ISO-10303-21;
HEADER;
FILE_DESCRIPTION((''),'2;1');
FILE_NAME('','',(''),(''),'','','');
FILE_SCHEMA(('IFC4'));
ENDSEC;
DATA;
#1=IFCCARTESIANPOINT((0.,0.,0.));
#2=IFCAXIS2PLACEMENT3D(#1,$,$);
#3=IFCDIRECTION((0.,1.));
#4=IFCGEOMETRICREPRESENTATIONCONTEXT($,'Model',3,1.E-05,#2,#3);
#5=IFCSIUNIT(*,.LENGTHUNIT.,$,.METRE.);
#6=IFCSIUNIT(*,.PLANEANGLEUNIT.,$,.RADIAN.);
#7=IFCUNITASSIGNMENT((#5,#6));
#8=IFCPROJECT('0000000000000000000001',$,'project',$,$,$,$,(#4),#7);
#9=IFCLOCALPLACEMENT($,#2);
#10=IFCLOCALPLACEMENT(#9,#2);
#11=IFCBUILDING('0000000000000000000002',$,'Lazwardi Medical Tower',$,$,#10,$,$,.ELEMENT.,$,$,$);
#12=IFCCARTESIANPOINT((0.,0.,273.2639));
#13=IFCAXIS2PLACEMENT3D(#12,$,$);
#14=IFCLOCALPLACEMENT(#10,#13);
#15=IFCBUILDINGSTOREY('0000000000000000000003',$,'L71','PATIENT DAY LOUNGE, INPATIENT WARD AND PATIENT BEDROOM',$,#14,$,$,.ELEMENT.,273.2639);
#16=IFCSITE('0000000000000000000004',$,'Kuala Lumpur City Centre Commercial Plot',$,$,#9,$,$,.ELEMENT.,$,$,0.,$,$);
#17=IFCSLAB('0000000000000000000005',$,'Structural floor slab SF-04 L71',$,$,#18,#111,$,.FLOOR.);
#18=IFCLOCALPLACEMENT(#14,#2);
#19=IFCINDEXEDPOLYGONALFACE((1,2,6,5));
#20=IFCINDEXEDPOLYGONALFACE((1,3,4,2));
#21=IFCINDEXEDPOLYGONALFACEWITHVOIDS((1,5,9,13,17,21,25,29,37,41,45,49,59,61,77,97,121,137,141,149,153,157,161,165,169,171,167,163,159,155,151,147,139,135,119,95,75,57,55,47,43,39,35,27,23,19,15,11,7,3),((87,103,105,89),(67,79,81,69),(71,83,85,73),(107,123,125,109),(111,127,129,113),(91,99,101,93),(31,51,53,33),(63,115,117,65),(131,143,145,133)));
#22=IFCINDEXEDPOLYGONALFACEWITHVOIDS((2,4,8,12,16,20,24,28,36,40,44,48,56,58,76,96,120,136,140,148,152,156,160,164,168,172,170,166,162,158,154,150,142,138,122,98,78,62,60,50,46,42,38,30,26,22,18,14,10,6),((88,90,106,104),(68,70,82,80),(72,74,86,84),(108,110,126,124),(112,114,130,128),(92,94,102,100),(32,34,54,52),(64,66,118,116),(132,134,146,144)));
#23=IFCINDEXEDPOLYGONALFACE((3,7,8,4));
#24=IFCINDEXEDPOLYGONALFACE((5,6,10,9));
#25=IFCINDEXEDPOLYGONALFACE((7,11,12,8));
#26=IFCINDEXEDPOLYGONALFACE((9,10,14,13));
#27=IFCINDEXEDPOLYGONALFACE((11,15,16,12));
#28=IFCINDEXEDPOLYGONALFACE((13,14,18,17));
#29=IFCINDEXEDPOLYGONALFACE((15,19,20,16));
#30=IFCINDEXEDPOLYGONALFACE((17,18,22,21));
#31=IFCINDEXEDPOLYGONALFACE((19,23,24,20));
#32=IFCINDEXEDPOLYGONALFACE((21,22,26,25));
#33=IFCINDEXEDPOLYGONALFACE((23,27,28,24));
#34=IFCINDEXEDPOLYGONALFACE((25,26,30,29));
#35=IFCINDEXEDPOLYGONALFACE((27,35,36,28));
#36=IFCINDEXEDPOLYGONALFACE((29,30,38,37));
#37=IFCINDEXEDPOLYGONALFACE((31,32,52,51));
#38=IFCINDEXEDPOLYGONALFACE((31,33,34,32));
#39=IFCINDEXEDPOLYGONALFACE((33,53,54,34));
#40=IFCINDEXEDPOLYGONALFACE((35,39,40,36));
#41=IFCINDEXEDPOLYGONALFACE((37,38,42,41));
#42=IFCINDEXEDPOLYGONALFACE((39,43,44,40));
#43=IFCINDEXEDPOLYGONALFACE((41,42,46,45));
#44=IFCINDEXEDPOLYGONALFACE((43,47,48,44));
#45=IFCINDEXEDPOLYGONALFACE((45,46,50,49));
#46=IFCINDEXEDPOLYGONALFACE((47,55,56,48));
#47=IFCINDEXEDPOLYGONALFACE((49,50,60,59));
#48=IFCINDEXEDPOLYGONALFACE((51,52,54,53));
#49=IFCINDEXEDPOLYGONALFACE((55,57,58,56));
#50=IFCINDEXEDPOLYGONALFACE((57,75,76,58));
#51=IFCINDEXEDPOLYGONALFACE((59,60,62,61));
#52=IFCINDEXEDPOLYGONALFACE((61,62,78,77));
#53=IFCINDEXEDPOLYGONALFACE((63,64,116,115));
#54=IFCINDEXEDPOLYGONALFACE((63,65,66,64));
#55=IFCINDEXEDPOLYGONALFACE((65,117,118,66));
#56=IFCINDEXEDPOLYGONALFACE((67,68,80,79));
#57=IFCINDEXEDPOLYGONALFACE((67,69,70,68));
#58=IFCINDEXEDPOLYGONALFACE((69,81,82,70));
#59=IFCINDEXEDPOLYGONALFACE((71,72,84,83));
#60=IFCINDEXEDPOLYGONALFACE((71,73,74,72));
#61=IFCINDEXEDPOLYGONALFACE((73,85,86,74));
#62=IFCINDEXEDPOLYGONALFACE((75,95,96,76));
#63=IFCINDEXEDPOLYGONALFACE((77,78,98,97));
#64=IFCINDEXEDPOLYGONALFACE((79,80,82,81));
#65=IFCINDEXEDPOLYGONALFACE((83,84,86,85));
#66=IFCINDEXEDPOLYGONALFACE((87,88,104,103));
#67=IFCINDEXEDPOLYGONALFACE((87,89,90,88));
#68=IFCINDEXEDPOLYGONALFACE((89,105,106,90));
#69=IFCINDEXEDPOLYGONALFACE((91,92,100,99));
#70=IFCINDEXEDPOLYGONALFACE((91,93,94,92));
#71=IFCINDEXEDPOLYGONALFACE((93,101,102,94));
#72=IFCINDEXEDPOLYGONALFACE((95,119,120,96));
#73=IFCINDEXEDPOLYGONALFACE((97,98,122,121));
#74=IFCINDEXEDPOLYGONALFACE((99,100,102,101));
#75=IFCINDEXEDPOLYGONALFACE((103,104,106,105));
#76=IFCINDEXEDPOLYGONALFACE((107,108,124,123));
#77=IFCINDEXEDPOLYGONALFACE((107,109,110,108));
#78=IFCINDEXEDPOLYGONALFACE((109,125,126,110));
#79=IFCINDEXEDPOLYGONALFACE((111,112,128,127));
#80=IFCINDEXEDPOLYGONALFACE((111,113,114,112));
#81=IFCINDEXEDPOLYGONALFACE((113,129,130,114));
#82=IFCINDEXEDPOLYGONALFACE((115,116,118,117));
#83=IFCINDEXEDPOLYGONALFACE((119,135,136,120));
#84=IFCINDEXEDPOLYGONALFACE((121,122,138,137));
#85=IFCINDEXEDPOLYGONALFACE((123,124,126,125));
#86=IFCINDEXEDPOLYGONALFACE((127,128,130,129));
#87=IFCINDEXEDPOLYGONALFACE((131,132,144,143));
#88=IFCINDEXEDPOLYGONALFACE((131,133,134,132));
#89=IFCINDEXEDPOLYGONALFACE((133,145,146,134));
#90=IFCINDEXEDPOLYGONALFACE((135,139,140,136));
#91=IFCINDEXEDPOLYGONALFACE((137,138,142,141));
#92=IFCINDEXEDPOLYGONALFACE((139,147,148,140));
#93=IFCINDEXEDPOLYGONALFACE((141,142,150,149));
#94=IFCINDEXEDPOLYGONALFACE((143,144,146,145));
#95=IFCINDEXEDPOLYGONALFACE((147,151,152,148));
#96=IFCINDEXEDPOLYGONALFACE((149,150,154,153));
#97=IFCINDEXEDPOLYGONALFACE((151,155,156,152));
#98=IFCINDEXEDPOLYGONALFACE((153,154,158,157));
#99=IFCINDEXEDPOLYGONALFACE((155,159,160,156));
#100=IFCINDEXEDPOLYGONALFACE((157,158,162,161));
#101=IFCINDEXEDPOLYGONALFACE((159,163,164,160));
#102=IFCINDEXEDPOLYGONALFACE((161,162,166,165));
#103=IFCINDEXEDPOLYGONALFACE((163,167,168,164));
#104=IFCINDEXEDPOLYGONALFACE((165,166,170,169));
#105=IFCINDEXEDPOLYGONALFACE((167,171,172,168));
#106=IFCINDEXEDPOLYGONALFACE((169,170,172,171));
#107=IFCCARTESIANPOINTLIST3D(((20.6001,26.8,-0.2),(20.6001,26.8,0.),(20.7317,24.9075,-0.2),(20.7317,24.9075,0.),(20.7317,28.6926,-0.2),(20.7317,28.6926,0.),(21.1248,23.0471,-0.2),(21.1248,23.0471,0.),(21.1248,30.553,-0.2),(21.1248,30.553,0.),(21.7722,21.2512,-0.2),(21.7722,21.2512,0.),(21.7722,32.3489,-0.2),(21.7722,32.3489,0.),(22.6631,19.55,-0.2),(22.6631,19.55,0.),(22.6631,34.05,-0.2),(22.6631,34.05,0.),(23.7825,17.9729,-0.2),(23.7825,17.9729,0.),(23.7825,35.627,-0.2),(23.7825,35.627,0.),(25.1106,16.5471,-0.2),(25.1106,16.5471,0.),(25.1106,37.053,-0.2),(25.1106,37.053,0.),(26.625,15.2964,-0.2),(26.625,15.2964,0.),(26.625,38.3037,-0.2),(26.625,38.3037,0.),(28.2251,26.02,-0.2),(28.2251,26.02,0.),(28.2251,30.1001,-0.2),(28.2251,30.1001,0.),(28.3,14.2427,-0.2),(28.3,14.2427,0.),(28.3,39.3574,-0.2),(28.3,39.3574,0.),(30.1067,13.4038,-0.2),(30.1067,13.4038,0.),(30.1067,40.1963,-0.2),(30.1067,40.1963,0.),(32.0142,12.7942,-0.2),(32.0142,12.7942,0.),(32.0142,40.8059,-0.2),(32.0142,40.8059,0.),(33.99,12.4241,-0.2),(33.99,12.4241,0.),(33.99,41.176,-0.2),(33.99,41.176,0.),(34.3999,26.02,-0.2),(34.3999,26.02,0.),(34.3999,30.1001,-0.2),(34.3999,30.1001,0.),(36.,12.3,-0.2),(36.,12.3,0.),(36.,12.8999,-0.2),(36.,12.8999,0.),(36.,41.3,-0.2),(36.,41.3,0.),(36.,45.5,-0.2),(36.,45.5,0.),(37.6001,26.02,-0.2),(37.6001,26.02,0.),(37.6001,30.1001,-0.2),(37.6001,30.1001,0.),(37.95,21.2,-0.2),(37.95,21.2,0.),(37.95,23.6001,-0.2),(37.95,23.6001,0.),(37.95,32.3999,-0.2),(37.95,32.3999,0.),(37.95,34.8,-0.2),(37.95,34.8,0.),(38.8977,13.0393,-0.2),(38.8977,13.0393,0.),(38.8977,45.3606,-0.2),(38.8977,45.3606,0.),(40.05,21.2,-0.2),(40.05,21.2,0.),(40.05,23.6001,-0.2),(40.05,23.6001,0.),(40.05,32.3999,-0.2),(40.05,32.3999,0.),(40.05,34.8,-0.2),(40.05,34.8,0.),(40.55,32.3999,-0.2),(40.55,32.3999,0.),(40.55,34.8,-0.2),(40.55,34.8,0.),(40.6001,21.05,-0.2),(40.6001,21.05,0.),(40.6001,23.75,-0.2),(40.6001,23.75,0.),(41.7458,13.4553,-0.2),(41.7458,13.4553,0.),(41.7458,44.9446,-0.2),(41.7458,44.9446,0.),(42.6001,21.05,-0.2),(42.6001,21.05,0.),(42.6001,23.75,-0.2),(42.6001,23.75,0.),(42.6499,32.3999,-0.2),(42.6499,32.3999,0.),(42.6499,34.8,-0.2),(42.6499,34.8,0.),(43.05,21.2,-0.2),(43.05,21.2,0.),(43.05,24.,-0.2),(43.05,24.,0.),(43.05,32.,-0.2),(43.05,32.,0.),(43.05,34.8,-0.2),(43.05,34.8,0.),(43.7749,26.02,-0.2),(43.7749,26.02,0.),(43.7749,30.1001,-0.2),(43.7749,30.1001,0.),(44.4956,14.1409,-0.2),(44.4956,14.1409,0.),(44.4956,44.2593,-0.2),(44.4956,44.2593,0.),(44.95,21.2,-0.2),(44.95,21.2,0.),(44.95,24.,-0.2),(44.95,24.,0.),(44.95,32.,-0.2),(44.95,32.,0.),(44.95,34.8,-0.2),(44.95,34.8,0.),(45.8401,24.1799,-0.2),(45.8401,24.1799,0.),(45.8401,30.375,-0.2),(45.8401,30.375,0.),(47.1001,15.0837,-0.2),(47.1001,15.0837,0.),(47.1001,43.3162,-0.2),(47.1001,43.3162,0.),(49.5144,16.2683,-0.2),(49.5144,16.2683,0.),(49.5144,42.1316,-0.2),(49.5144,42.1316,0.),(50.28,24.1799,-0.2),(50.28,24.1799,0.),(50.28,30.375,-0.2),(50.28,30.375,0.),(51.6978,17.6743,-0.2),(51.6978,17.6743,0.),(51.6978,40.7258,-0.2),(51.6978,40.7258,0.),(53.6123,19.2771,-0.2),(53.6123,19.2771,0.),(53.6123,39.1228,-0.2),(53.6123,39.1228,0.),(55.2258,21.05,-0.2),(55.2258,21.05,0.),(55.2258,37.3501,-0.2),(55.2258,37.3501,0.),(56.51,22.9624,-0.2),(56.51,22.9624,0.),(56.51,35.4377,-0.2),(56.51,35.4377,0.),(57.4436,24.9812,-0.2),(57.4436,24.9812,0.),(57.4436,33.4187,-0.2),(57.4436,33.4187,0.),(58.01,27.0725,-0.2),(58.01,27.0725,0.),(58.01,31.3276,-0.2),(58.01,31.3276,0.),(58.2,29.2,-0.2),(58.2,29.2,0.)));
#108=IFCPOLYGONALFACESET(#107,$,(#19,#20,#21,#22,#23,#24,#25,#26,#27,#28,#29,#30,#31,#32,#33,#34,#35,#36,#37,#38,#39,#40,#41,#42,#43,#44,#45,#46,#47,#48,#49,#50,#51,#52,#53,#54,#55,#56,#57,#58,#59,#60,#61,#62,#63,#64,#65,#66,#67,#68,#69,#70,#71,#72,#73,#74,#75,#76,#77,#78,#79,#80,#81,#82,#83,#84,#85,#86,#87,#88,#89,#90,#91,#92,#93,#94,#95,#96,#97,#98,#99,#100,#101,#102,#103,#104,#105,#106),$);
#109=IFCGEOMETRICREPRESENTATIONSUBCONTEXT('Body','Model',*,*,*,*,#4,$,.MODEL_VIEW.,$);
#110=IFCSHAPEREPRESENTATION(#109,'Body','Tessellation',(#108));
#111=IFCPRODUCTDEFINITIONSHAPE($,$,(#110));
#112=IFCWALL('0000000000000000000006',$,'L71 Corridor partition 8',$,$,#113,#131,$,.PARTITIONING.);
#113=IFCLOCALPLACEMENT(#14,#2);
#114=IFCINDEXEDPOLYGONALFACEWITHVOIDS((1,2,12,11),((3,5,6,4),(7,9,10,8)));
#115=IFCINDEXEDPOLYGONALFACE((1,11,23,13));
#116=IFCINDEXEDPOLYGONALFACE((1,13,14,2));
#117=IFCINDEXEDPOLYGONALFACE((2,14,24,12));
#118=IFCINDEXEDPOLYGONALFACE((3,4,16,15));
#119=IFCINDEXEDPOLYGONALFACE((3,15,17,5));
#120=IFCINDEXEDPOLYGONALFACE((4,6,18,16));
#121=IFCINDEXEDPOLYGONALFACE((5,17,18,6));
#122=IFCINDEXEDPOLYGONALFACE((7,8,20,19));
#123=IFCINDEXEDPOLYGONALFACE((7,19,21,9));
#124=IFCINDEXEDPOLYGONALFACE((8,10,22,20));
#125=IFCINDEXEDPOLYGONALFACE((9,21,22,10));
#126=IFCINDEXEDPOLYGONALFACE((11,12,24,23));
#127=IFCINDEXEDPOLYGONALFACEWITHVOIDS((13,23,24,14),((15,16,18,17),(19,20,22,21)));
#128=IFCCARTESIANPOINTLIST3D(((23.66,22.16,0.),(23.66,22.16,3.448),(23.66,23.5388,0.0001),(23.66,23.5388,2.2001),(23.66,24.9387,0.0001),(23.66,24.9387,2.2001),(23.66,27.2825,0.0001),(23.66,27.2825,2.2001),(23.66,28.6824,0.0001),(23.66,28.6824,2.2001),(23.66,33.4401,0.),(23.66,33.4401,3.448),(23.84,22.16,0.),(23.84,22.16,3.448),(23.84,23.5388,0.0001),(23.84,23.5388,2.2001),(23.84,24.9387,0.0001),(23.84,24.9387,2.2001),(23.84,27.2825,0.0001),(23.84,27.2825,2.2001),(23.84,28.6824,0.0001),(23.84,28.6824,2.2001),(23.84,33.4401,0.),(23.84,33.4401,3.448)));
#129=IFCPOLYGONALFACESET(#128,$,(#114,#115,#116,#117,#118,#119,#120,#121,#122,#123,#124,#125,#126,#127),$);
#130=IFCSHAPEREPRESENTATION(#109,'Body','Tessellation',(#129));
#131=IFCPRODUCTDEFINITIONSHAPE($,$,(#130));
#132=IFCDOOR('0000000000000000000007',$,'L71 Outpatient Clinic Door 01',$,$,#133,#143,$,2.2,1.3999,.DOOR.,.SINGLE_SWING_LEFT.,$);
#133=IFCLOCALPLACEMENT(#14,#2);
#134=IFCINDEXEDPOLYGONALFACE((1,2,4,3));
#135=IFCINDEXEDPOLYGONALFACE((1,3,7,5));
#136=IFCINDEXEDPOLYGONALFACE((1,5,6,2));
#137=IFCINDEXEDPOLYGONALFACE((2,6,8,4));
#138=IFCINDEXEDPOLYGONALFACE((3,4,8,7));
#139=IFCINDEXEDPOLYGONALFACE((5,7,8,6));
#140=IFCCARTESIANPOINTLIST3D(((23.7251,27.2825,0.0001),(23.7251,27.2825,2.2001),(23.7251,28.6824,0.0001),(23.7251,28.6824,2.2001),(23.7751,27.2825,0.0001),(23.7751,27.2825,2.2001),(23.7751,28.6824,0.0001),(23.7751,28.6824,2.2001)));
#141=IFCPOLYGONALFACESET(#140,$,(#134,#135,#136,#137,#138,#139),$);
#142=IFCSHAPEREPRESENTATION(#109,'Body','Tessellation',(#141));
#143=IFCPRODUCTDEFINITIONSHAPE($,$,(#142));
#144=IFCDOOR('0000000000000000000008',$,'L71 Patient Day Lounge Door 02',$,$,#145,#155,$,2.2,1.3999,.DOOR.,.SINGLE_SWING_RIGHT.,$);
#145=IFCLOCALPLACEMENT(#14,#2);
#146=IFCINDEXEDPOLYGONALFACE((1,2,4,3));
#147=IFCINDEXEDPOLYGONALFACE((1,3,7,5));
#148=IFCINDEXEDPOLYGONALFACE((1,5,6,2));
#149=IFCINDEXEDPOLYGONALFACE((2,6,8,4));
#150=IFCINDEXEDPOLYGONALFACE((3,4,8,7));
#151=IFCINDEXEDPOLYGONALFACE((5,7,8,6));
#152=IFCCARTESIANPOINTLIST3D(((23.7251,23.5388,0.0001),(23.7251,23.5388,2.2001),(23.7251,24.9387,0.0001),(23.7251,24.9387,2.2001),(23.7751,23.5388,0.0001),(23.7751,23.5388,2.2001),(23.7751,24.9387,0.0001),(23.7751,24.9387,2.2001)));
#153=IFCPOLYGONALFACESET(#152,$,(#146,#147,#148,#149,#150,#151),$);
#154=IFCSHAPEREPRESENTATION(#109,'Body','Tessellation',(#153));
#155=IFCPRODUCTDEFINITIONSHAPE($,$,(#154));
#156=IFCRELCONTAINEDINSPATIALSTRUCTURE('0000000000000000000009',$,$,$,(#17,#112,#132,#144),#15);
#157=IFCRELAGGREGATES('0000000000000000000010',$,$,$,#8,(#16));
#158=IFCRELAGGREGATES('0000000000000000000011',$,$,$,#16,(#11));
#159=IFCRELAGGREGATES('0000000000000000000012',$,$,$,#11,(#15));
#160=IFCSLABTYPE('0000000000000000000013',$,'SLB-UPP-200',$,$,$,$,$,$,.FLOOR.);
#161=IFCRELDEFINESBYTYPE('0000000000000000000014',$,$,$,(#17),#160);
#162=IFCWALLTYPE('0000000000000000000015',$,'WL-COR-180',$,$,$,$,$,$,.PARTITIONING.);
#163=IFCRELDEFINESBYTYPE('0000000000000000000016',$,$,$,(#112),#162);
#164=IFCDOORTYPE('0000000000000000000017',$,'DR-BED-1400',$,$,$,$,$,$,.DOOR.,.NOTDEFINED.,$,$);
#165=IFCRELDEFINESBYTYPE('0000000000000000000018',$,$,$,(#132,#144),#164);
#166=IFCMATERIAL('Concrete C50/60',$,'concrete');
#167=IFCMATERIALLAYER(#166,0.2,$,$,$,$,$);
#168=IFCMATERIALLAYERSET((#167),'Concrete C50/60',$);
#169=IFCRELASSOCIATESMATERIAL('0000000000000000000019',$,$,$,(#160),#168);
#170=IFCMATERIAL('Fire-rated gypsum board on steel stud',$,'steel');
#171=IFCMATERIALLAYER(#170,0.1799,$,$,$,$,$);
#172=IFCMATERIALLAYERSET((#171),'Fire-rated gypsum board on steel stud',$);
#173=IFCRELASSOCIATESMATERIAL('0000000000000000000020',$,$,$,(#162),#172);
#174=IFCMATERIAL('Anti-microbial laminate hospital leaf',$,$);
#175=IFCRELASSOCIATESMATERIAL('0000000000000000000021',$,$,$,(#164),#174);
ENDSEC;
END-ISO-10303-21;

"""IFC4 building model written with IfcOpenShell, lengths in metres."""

from ifc_helpers import new_model, si_unit, direction, frame, frame_2d, origin, place, context, subcontext, project, spatial, polyline, rectangle, outline, extrude, material, layer, layer_set, type_object, element, fill, save


model = new_model("IFC4")

# Units and contexts
model_context = context("Model", 3, precision=1e-05, world=origin(), true_north=direction((0.0, 1.0)))
body_context = subcontext(model_context, "Body", "Model", "MODEL_VIEW")
ifc_project = project(units=[si_unit("LENGTHUNIT", "METRE"), si_unit("PLANEANGLEUNIT", "RADIAN")], contexts=[model_context])

# Site, building, storey
site_placement = place(None, origin())
site = spatial("IfcSite", under=ifc_project, at=site_placement, Name="Kuala Lumpur City Centre Commercial Plot", CompositionType="ELEMENT", RefElevation=0.0)
building_placement = place(site_placement, origin())
building = spatial("IfcBuilding", under=site, at=building_placement, Name="Lazwardi Medical Tower", CompositionType="ELEMENT")
storey_placement = place(building_placement, frame((0.0, 0.0, 273.2639)))
storey = spatial("IfcBuildingStorey", under=building, at=storey_placement, Name="L71", Description="PATIENT DAY LOUNGE, INPATIENT WARD AND PATIENT BEDROOM", CompositionType="ELEMENT", Elevation=273.2639)

# Slab
ifc_material_1 = material(Name="Concrete C50/60", Category="concrete")
ifc_layer_1 = layer(ifc_material_1, 0.2)
ifc_layer_set_1 = layer_set([ifc_layer_1], Name="Concrete C50/60")
slab_type_1 = type_object("IfcSlabType", Name="SLB-UPP-200", PredefinedType="FLOOR", material=ifc_layer_set_1)
slab_1_placement = place(storey_placement, frame((0.0, 0.0, -0.2)))
element("IfcSlab", 1, at=slab_1_placement, inside=storey, type_object=slab_type_1, Name="Structural floor slab SF-04 L71", PredefinedType="FLOOR", context=body_context, shape_type="SweptSolid", body=[
    extrude(outline(polyline([(23.7825, 17.9729), (25.1106, 16.5471), (26.625, 15.2964), (28.3, 14.2427), (30.1067, 13.4038), (32.0142, 12.7942), (33.99, 12.4241), (36.0, 12.3), (36.0, 12.8999), (38.8977, 13.0393), (41.7458, 13.4553), (44.4956, 14.1409), (47.1001, 15.0837), (49.5144, 16.2683), (51.6978, 17.6743), (53.6123, 19.2771), (55.2258, 21.05), (56.51, 22.9624), (57.4436, 24.9812), (58.01, 27.0725), (58.2, 29.2), (58.01, 31.3276), (57.4436, 33.4187), (56.51, 35.4377), (55.2258, 37.3501), (53.6123, 39.1228), (51.6978, 40.7258), (49.5144, 42.1316), (47.1001, 43.3162), (44.4956, 44.2593), (41.7458, 44.9446), (38.8977, 45.3606), (36.0, 45.5), (36.0, 41.3), (33.99, 41.176), (32.0142, 40.8059), (30.1067, 40.1963), (28.3, 39.3574), (26.625, 38.3037), (25.1106, 37.053), (23.7825, 35.627), (22.6631, 34.05), (21.7722, 32.3489), (21.1248, 30.553), (20.7317, 28.6926), (20.6001, 26.8), (20.7317, 24.9075), (21.1248, 23.0471), (21.7722, 21.2512), (22.6631, 19.55), (23.7825, 17.9729)]), holes=[polyline([(28.2251, 26.02), (28.2251, 30.1001), (34.3999, 30.1001), (34.3999, 26.02), (28.2251, 26.02)]), polyline([(37.6001, 30.1001), (43.7749, 30.1001), (43.7749, 26.02), (37.6001, 26.02), (37.6001, 30.1001)]), polyline([(50.28, 30.375), (50.28, 24.1799), (45.8401, 24.1799), (45.8401, 30.375), (50.28, 30.375)]), polyline([(40.05, 32.3999), (37.95, 32.3999), (37.95, 34.8), (40.05, 34.8), (40.05, 32.3999)]), polyline([(40.55, 32.3999), (40.55, 34.8), (42.6499, 34.8), (42.6499, 32.3999), (40.55, 32.3999)]), polyline([(37.95, 23.6001), (40.05, 23.6001), (40.05, 21.2), (37.95, 21.2), (37.95, 23.6001)]), polyline([(44.95, 34.8), (44.95, 32.0), (43.05, 32.0), (43.05, 34.8), (44.95, 34.8)]), polyline([(44.95, 21.2), (43.05, 21.2), (43.05, 24.0), (44.95, 24.0), (44.95, 21.2)]), polyline([(40.6001, 21.05), (40.6001, 23.75), (42.6001, 23.75), (42.6001, 21.05), (40.6001, 21.05)])]), origin(), (0.0, 0.0, 1.0), 0.2),
])

# Wall, openings, doors
ifc_material_2 = material(Name="Fire-rated gypsum board on steel stud", Category="steel")
ifc_layer_2 = layer(ifc_material_2, 0.1799)
ifc_layer_set_2 = layer_set([ifc_layer_2], Name="Fire-rated gypsum board on steel stud")
wall_type_1 = type_object("IfcWallType", Name="WL-COR-180", PredefinedType="PARTITIONING", material=ifc_layer_set_2)
wall_1_placement = place(storey_placement, frame((23.75, 22.1599, 0.0), z_axis=(0.0, 0.0, 1.0), x_axis=(0.0, 1.0, 0.0)))
wall_1 = element("IfcWall", 2, at=wall_1_placement, inside=storey, type_object=wall_type_1, Name="L71 Corridor partition 8", PredefinedType="PARTITIONING", context=body_context, shape_type="SweptSolid", body=[
    extrude(rectangle(XDim=11.28, YDim=0.1799, at=frame_2d((5.6401, 0.0))), origin(), (0.0, 0.0, 1.0), 3.448),
])
opening_1_placement = place(wall_1_placement, frame((5.1226, 0.0, 0.0)))
opening_1 = element("IfcOpeningElement", 3, at=opening_1_placement, cuts=wall_1, PredefinedType="OPENING", context=body_context, shape_type="SweptSolid", body=[
    extrude(rectangle(XDim=1.3999, YDim=2.2, at=frame_2d((0.7, 1.1001))), frame((0.0, 0.0999, 0.0), z_axis=(0.0, -1.0, 0.0), x_axis=(1.0, 0.0, 0.0)), (0.0, 0.0, 1.0), 0.2),
])
opening_2_placement = place(wall_1_placement, frame((1.3789, 0.0, 0.0)))
opening_2 = element("IfcOpeningElement", 4, at=opening_2_placement, cuts=wall_1, PredefinedType="OPENING", context=body_context, shape_type="SweptSolid", body=[
    extrude(rectangle(XDim=1.3999, YDim=2.2, at=frame_2d((0.7, 1.1001))), frame((0.0, 0.0999, 0.0), z_axis=(0.0, -1.0, 0.0), x_axis=(1.0, 0.0, 0.0)), (0.0, 0.0, 1.0), 0.2),
])
ifc_material_3 = material(Name="Anti-microbial laminate hospital leaf")
door_type = type_object("IfcDoorType", Name="DR-BED-1400", OperationType="NOTDEFINED", PredefinedType="DOOR", material=ifc_material_3)
door_1_placement = place(opening_1_placement, origin())
door_1 = element("IfcDoor", 5, at=door_1_placement, inside=storey, type_object=door_type, Name="L71 Outpatient Clinic Door 01", OperationType="SINGLE_SWING_LEFT", OverallHeight=2.2, OverallWidth=1.3999, PredefinedType="DOOR", context=body_context, shape_type="SweptSolid", body=[
    extrude(rectangle(XDim=1.3999, YDim=2.2, at=frame_2d((0.7, 1.1001))), frame((0.0, 0.0249, 0.0), z_axis=(0.0, -1.0, 0.0), x_axis=(1.0, 0.0, 0.0)), (0.0, 0.0, 1.0), 0.05),
])
fill(opening_1, door_1)
door_2_placement = place(opening_2_placement, origin())
door_2 = element("IfcDoor", 6, at=door_2_placement, inside=storey, type_object=door_type, Name="L71 Patient Day Lounge Door 02", OperationType="SINGLE_SWING_RIGHT", OverallHeight=2.2, OverallWidth=1.3999, PredefinedType="DOOR", context=body_context, shape_type="SweptSolid", body=[
    extrude(rectangle(XDim=1.3999, YDim=2.2, at=frame_2d((0.7, 1.1001))), frame((0.0, 0.0249, 0.0), z_axis=(0.0, -1.0, 0.0), x_axis=(1.0, 0.0, 0.0)), (0.0, 0.0, 1.0), 0.05),
])
fill(opening_2, door_2)

save(model, "model.ifc")
